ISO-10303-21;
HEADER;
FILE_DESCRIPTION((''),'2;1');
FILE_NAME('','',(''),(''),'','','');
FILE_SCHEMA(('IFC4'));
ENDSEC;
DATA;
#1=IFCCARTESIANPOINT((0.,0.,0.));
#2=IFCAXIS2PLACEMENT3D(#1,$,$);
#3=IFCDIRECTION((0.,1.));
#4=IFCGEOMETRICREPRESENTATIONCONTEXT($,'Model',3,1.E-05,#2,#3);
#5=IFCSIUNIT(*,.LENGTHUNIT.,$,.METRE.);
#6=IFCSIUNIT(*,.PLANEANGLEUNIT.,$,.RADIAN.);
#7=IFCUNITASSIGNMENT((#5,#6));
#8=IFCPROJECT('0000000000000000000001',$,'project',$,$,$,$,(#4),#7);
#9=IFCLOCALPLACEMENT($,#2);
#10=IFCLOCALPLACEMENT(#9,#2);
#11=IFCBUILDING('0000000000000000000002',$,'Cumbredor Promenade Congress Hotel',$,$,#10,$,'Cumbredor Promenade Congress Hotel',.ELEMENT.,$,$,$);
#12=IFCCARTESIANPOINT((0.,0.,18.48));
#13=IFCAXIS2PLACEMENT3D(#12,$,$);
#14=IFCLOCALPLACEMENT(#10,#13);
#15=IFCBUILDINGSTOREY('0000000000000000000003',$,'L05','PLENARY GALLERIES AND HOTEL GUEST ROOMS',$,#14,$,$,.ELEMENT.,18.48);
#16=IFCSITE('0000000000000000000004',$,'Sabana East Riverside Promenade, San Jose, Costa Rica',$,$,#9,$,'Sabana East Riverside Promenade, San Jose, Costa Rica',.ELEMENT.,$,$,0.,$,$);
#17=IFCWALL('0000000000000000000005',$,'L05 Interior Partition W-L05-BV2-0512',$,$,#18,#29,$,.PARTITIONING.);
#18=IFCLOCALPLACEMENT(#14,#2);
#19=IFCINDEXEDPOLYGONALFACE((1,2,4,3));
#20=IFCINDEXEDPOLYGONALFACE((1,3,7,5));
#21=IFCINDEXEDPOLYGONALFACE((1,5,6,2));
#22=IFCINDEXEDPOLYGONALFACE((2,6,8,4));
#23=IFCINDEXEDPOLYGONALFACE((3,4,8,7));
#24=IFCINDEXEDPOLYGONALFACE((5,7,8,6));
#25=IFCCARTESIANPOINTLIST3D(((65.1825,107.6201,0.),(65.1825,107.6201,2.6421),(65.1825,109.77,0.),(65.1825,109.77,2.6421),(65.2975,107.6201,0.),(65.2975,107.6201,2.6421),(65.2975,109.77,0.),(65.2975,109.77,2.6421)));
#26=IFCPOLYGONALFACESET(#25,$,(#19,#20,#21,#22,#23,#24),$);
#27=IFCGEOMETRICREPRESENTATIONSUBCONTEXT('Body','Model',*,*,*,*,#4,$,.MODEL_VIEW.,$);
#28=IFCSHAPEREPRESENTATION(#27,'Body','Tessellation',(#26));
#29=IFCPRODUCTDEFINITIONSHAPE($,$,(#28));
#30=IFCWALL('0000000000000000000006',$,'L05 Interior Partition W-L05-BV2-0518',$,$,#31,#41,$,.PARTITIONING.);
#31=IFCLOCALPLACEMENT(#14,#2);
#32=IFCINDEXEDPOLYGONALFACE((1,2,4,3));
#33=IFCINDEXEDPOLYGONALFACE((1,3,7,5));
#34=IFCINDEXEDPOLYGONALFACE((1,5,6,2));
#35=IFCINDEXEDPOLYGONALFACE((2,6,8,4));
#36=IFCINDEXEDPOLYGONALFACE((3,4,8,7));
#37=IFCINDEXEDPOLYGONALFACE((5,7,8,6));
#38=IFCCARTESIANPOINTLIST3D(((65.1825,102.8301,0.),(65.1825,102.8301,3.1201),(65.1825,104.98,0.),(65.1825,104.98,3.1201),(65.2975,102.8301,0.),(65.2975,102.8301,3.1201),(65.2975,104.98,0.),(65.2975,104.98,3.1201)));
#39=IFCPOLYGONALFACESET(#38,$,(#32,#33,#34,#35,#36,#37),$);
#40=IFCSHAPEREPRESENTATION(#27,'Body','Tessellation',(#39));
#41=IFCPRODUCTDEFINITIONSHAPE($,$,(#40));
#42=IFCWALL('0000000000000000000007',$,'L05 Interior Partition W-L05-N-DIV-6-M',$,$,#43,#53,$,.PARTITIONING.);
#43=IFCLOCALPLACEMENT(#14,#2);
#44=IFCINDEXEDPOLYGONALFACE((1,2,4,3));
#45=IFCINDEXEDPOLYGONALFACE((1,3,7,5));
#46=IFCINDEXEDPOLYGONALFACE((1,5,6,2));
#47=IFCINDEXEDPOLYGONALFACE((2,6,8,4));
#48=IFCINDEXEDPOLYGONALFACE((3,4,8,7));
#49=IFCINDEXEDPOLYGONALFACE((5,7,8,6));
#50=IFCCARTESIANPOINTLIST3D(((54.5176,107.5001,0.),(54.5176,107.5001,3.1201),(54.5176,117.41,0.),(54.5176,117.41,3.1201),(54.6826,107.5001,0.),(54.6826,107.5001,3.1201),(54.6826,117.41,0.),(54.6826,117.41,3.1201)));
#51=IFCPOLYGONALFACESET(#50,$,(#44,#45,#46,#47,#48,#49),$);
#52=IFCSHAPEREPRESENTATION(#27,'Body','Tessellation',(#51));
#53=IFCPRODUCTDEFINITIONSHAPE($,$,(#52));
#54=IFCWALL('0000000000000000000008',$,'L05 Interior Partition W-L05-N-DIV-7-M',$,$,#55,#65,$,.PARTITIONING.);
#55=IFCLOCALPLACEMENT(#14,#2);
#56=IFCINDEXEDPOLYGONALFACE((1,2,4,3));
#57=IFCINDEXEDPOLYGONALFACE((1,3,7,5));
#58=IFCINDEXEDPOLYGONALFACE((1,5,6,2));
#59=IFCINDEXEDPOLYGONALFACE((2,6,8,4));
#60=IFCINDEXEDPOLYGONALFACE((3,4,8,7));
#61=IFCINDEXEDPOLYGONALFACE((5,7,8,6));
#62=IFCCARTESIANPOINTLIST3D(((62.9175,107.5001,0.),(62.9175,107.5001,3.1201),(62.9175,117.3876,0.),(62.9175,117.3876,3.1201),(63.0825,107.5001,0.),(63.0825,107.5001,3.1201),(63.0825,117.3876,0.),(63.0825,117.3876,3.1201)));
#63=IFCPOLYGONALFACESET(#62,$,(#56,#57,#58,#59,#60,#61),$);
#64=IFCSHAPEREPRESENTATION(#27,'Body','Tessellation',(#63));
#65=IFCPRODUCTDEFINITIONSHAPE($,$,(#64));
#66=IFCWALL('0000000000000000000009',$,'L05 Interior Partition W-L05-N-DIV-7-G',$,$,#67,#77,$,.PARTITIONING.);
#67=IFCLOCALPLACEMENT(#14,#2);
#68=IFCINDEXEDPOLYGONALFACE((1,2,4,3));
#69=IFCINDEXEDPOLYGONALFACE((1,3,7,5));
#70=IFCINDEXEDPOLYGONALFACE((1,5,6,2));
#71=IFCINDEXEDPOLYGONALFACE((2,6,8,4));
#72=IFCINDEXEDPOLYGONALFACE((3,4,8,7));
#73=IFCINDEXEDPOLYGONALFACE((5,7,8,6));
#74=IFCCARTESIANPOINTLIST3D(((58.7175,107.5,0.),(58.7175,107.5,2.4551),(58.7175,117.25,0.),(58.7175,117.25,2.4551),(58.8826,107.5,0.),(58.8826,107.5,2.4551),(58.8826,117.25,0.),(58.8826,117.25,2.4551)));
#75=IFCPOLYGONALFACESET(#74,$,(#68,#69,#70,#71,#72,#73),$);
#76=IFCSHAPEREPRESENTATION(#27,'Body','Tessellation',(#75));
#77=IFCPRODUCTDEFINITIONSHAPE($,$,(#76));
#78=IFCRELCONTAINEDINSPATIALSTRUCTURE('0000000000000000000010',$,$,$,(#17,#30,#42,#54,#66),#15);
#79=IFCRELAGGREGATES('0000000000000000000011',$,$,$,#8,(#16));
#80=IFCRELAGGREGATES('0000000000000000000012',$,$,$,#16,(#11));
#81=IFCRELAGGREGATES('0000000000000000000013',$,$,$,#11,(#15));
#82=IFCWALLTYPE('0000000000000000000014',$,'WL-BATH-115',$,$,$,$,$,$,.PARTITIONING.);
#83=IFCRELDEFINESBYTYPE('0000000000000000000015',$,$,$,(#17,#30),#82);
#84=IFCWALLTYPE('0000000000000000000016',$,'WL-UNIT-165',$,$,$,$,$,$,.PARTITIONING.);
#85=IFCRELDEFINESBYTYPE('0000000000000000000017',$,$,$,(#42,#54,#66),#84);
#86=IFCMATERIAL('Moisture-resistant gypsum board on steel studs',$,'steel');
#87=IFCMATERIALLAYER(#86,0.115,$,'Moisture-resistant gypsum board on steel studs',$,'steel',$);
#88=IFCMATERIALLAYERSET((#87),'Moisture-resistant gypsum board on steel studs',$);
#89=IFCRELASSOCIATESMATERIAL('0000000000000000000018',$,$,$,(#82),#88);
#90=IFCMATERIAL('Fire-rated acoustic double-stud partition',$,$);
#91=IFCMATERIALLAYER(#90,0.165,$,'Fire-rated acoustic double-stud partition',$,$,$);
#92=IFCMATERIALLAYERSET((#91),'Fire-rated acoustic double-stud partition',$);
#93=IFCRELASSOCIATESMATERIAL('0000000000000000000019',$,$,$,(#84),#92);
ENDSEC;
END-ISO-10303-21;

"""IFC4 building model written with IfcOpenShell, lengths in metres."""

from ifc_helpers import new_model, si_unit, direction, frame, frame_2d, origin, place, context, subcontext, project, spatial, rectangle, extrude, material, layer, layer_set, type_object, element, save


model = new_model("IFC4")

# Units and contexts
model_context = context("Model", 3, precision=1e-05, world=origin(), true_north=direction((0.0, 1.0)))
body_context = subcontext(model_context, "Body", "Model", "MODEL_VIEW")
ifc_project = project(units=[si_unit("LENGTHUNIT", "METRE"), si_unit("PLANEANGLEUNIT", "RADIAN")], contexts=[model_context])

# Site, building, storey
site_placement = place(None, origin())
site = spatial("IfcSite", under=ifc_project, at=site_placement, Name="Sabana East Riverside Promenade, San Jose, Costa Rica", LongName="Sabana East Riverside Promenade, San Jose, Costa Rica", CompositionType="ELEMENT", RefElevation=0.0)
building_placement = place(site_placement, origin())
building = spatial("IfcBuilding", under=site, at=building_placement, Name="Cumbredor Promenade Congress Hotel", LongName="Cumbredor Promenade Congress Hotel", CompositionType="ELEMENT")
storey_placement = place(building_placement, frame((0.0, 0.0, 18.48)))
storey = spatial("IfcBuildingStorey", under=building, at=storey_placement, Name="L05", Description="PLENARY GALLERIES AND HOTEL GUEST ROOMS", CompositionType="ELEMENT", Elevation=18.48)

# Walls
ifc_material_1 = material(Name="Moisture-resistant gypsum board on steel studs", Category="steel")
ifc_layer_1 = layer(ifc_material_1, 0.115, Name="Moisture-resistant gypsum board on steel studs", Category="steel")
ifc_layer_set_1 = layer_set([ifc_layer_1], Name="Moisture-resistant gypsum board on steel studs")
wall_type_1 = type_object("IfcWallType", Name="WL-BATH-115", PredefinedType="PARTITIONING", material=ifc_layer_set_1)
wall_1_placement = place(storey_placement, frame((65.24, 107.6201, 0.0), z_axis=(0.0, 0.0, 1.0), x_axis=(0.0, 1.0, 0.0)))
element("IfcWall", 1, at=wall_1_placement, inside=storey, type_object=wall_type_1, Name="L05 Interior Partition W-L05-BV2-0512", PredefinedType="PARTITIONING", context=body_context, shape_type="SweptSolid", body=[
    extrude(rectangle(XDim=2.1499, YDim=0.115, at=frame_2d((1.075, 0.0))), origin(), (0.0, 0.0, 1.0), 2.6421),
])
wall_2_placement = place(storey_placement, frame((65.24, 102.8301, 0.0), z_axis=(0.0, 0.0, 1.0), x_axis=(0.0, 1.0, 0.0)))
element("IfcWall", 2, at=wall_2_placement, inside=storey, type_object=wall_type_1, Name="L05 Interior Partition W-L05-BV2-0518", PredefinedType="PARTITIONING", context=body_context, shape_type="SweptSolid", body=[
    extrude(rectangle(XDim=2.1499, YDim=0.115, at=frame_2d((1.075, 0.0))), origin(), (0.0, 0.0, 1.0), 3.1201),
])

# Walls
ifc_material_2 = material(Name="Fire-rated acoustic double-stud partition")
ifc_layer_2 = layer(ifc_material_2, 0.165, Name="Fire-rated acoustic double-stud partition")
ifc_layer_set_2 = layer_set([ifc_layer_2], Name="Fire-rated acoustic double-stud partition")
wall_type_2 = type_object("IfcWallType", Name="WL-UNIT-165", PredefinedType="PARTITIONING", material=ifc_layer_set_2)
wall_3_placement = place(storey_placement, frame((54.6001, 107.5, 0.0), z_axis=(0.0, 0.0, 1.0), x_axis=(0.0, 1.0, 0.0)))
element("IfcWall", 3, at=wall_3_placement, inside=storey, type_object=wall_type_2, Name="L05 Interior Partition W-L05-N-DIV-6-M", PredefinedType="PARTITIONING", context=body_context, shape_type="SweptSolid", body=[
    extrude(rectangle(XDim=9.9099, YDim=0.165, at=frame_2d((4.9551, 0.0))), origin(), (0.0, 0.0, 1.0), 3.1201),
])
wall_4_placement = place(storey_placement, frame((63.0, 107.5, 0.0), z_axis=(0.0, 0.0, 1.0), x_axis=(0.0, 1.0, 0.0)))
element("IfcWall", 4, at=wall_4_placement, inside=storey, type_object=wall_type_2, Name="L05 Interior Partition W-L05-N-DIV-7-M", PredefinedType="PARTITIONING", context=body_context, shape_type="SweptSolid", body=[
    extrude(rectangle(XDim=9.8875, YDim=0.165, at=frame_2d((4.9438, 0.0))), origin(), (0.0, 0.0, 1.0), 3.1201),
])
wall_5_placement = place(storey_placement, frame((58.8, 107.5, 0.0), z_axis=(0.0, 0.0, 1.0), x_axis=(0.0, 1.0, 0.0)))
element("IfcWall", 5, at=wall_5_placement, inside=storey, type_object=wall_type_2, Name="L05 Interior Partition W-L05-N-DIV-7-G", PredefinedType="PARTITIONING", context=body_context, shape_type="SweptSolid", body=[
    extrude(rectangle(XDim=9.75, YDim=0.165, at=frame_2d((4.875, 0.0))), origin(), (0.0, 0.0, 1.0), 2.4551),
])

save(model, "model.ifc")
